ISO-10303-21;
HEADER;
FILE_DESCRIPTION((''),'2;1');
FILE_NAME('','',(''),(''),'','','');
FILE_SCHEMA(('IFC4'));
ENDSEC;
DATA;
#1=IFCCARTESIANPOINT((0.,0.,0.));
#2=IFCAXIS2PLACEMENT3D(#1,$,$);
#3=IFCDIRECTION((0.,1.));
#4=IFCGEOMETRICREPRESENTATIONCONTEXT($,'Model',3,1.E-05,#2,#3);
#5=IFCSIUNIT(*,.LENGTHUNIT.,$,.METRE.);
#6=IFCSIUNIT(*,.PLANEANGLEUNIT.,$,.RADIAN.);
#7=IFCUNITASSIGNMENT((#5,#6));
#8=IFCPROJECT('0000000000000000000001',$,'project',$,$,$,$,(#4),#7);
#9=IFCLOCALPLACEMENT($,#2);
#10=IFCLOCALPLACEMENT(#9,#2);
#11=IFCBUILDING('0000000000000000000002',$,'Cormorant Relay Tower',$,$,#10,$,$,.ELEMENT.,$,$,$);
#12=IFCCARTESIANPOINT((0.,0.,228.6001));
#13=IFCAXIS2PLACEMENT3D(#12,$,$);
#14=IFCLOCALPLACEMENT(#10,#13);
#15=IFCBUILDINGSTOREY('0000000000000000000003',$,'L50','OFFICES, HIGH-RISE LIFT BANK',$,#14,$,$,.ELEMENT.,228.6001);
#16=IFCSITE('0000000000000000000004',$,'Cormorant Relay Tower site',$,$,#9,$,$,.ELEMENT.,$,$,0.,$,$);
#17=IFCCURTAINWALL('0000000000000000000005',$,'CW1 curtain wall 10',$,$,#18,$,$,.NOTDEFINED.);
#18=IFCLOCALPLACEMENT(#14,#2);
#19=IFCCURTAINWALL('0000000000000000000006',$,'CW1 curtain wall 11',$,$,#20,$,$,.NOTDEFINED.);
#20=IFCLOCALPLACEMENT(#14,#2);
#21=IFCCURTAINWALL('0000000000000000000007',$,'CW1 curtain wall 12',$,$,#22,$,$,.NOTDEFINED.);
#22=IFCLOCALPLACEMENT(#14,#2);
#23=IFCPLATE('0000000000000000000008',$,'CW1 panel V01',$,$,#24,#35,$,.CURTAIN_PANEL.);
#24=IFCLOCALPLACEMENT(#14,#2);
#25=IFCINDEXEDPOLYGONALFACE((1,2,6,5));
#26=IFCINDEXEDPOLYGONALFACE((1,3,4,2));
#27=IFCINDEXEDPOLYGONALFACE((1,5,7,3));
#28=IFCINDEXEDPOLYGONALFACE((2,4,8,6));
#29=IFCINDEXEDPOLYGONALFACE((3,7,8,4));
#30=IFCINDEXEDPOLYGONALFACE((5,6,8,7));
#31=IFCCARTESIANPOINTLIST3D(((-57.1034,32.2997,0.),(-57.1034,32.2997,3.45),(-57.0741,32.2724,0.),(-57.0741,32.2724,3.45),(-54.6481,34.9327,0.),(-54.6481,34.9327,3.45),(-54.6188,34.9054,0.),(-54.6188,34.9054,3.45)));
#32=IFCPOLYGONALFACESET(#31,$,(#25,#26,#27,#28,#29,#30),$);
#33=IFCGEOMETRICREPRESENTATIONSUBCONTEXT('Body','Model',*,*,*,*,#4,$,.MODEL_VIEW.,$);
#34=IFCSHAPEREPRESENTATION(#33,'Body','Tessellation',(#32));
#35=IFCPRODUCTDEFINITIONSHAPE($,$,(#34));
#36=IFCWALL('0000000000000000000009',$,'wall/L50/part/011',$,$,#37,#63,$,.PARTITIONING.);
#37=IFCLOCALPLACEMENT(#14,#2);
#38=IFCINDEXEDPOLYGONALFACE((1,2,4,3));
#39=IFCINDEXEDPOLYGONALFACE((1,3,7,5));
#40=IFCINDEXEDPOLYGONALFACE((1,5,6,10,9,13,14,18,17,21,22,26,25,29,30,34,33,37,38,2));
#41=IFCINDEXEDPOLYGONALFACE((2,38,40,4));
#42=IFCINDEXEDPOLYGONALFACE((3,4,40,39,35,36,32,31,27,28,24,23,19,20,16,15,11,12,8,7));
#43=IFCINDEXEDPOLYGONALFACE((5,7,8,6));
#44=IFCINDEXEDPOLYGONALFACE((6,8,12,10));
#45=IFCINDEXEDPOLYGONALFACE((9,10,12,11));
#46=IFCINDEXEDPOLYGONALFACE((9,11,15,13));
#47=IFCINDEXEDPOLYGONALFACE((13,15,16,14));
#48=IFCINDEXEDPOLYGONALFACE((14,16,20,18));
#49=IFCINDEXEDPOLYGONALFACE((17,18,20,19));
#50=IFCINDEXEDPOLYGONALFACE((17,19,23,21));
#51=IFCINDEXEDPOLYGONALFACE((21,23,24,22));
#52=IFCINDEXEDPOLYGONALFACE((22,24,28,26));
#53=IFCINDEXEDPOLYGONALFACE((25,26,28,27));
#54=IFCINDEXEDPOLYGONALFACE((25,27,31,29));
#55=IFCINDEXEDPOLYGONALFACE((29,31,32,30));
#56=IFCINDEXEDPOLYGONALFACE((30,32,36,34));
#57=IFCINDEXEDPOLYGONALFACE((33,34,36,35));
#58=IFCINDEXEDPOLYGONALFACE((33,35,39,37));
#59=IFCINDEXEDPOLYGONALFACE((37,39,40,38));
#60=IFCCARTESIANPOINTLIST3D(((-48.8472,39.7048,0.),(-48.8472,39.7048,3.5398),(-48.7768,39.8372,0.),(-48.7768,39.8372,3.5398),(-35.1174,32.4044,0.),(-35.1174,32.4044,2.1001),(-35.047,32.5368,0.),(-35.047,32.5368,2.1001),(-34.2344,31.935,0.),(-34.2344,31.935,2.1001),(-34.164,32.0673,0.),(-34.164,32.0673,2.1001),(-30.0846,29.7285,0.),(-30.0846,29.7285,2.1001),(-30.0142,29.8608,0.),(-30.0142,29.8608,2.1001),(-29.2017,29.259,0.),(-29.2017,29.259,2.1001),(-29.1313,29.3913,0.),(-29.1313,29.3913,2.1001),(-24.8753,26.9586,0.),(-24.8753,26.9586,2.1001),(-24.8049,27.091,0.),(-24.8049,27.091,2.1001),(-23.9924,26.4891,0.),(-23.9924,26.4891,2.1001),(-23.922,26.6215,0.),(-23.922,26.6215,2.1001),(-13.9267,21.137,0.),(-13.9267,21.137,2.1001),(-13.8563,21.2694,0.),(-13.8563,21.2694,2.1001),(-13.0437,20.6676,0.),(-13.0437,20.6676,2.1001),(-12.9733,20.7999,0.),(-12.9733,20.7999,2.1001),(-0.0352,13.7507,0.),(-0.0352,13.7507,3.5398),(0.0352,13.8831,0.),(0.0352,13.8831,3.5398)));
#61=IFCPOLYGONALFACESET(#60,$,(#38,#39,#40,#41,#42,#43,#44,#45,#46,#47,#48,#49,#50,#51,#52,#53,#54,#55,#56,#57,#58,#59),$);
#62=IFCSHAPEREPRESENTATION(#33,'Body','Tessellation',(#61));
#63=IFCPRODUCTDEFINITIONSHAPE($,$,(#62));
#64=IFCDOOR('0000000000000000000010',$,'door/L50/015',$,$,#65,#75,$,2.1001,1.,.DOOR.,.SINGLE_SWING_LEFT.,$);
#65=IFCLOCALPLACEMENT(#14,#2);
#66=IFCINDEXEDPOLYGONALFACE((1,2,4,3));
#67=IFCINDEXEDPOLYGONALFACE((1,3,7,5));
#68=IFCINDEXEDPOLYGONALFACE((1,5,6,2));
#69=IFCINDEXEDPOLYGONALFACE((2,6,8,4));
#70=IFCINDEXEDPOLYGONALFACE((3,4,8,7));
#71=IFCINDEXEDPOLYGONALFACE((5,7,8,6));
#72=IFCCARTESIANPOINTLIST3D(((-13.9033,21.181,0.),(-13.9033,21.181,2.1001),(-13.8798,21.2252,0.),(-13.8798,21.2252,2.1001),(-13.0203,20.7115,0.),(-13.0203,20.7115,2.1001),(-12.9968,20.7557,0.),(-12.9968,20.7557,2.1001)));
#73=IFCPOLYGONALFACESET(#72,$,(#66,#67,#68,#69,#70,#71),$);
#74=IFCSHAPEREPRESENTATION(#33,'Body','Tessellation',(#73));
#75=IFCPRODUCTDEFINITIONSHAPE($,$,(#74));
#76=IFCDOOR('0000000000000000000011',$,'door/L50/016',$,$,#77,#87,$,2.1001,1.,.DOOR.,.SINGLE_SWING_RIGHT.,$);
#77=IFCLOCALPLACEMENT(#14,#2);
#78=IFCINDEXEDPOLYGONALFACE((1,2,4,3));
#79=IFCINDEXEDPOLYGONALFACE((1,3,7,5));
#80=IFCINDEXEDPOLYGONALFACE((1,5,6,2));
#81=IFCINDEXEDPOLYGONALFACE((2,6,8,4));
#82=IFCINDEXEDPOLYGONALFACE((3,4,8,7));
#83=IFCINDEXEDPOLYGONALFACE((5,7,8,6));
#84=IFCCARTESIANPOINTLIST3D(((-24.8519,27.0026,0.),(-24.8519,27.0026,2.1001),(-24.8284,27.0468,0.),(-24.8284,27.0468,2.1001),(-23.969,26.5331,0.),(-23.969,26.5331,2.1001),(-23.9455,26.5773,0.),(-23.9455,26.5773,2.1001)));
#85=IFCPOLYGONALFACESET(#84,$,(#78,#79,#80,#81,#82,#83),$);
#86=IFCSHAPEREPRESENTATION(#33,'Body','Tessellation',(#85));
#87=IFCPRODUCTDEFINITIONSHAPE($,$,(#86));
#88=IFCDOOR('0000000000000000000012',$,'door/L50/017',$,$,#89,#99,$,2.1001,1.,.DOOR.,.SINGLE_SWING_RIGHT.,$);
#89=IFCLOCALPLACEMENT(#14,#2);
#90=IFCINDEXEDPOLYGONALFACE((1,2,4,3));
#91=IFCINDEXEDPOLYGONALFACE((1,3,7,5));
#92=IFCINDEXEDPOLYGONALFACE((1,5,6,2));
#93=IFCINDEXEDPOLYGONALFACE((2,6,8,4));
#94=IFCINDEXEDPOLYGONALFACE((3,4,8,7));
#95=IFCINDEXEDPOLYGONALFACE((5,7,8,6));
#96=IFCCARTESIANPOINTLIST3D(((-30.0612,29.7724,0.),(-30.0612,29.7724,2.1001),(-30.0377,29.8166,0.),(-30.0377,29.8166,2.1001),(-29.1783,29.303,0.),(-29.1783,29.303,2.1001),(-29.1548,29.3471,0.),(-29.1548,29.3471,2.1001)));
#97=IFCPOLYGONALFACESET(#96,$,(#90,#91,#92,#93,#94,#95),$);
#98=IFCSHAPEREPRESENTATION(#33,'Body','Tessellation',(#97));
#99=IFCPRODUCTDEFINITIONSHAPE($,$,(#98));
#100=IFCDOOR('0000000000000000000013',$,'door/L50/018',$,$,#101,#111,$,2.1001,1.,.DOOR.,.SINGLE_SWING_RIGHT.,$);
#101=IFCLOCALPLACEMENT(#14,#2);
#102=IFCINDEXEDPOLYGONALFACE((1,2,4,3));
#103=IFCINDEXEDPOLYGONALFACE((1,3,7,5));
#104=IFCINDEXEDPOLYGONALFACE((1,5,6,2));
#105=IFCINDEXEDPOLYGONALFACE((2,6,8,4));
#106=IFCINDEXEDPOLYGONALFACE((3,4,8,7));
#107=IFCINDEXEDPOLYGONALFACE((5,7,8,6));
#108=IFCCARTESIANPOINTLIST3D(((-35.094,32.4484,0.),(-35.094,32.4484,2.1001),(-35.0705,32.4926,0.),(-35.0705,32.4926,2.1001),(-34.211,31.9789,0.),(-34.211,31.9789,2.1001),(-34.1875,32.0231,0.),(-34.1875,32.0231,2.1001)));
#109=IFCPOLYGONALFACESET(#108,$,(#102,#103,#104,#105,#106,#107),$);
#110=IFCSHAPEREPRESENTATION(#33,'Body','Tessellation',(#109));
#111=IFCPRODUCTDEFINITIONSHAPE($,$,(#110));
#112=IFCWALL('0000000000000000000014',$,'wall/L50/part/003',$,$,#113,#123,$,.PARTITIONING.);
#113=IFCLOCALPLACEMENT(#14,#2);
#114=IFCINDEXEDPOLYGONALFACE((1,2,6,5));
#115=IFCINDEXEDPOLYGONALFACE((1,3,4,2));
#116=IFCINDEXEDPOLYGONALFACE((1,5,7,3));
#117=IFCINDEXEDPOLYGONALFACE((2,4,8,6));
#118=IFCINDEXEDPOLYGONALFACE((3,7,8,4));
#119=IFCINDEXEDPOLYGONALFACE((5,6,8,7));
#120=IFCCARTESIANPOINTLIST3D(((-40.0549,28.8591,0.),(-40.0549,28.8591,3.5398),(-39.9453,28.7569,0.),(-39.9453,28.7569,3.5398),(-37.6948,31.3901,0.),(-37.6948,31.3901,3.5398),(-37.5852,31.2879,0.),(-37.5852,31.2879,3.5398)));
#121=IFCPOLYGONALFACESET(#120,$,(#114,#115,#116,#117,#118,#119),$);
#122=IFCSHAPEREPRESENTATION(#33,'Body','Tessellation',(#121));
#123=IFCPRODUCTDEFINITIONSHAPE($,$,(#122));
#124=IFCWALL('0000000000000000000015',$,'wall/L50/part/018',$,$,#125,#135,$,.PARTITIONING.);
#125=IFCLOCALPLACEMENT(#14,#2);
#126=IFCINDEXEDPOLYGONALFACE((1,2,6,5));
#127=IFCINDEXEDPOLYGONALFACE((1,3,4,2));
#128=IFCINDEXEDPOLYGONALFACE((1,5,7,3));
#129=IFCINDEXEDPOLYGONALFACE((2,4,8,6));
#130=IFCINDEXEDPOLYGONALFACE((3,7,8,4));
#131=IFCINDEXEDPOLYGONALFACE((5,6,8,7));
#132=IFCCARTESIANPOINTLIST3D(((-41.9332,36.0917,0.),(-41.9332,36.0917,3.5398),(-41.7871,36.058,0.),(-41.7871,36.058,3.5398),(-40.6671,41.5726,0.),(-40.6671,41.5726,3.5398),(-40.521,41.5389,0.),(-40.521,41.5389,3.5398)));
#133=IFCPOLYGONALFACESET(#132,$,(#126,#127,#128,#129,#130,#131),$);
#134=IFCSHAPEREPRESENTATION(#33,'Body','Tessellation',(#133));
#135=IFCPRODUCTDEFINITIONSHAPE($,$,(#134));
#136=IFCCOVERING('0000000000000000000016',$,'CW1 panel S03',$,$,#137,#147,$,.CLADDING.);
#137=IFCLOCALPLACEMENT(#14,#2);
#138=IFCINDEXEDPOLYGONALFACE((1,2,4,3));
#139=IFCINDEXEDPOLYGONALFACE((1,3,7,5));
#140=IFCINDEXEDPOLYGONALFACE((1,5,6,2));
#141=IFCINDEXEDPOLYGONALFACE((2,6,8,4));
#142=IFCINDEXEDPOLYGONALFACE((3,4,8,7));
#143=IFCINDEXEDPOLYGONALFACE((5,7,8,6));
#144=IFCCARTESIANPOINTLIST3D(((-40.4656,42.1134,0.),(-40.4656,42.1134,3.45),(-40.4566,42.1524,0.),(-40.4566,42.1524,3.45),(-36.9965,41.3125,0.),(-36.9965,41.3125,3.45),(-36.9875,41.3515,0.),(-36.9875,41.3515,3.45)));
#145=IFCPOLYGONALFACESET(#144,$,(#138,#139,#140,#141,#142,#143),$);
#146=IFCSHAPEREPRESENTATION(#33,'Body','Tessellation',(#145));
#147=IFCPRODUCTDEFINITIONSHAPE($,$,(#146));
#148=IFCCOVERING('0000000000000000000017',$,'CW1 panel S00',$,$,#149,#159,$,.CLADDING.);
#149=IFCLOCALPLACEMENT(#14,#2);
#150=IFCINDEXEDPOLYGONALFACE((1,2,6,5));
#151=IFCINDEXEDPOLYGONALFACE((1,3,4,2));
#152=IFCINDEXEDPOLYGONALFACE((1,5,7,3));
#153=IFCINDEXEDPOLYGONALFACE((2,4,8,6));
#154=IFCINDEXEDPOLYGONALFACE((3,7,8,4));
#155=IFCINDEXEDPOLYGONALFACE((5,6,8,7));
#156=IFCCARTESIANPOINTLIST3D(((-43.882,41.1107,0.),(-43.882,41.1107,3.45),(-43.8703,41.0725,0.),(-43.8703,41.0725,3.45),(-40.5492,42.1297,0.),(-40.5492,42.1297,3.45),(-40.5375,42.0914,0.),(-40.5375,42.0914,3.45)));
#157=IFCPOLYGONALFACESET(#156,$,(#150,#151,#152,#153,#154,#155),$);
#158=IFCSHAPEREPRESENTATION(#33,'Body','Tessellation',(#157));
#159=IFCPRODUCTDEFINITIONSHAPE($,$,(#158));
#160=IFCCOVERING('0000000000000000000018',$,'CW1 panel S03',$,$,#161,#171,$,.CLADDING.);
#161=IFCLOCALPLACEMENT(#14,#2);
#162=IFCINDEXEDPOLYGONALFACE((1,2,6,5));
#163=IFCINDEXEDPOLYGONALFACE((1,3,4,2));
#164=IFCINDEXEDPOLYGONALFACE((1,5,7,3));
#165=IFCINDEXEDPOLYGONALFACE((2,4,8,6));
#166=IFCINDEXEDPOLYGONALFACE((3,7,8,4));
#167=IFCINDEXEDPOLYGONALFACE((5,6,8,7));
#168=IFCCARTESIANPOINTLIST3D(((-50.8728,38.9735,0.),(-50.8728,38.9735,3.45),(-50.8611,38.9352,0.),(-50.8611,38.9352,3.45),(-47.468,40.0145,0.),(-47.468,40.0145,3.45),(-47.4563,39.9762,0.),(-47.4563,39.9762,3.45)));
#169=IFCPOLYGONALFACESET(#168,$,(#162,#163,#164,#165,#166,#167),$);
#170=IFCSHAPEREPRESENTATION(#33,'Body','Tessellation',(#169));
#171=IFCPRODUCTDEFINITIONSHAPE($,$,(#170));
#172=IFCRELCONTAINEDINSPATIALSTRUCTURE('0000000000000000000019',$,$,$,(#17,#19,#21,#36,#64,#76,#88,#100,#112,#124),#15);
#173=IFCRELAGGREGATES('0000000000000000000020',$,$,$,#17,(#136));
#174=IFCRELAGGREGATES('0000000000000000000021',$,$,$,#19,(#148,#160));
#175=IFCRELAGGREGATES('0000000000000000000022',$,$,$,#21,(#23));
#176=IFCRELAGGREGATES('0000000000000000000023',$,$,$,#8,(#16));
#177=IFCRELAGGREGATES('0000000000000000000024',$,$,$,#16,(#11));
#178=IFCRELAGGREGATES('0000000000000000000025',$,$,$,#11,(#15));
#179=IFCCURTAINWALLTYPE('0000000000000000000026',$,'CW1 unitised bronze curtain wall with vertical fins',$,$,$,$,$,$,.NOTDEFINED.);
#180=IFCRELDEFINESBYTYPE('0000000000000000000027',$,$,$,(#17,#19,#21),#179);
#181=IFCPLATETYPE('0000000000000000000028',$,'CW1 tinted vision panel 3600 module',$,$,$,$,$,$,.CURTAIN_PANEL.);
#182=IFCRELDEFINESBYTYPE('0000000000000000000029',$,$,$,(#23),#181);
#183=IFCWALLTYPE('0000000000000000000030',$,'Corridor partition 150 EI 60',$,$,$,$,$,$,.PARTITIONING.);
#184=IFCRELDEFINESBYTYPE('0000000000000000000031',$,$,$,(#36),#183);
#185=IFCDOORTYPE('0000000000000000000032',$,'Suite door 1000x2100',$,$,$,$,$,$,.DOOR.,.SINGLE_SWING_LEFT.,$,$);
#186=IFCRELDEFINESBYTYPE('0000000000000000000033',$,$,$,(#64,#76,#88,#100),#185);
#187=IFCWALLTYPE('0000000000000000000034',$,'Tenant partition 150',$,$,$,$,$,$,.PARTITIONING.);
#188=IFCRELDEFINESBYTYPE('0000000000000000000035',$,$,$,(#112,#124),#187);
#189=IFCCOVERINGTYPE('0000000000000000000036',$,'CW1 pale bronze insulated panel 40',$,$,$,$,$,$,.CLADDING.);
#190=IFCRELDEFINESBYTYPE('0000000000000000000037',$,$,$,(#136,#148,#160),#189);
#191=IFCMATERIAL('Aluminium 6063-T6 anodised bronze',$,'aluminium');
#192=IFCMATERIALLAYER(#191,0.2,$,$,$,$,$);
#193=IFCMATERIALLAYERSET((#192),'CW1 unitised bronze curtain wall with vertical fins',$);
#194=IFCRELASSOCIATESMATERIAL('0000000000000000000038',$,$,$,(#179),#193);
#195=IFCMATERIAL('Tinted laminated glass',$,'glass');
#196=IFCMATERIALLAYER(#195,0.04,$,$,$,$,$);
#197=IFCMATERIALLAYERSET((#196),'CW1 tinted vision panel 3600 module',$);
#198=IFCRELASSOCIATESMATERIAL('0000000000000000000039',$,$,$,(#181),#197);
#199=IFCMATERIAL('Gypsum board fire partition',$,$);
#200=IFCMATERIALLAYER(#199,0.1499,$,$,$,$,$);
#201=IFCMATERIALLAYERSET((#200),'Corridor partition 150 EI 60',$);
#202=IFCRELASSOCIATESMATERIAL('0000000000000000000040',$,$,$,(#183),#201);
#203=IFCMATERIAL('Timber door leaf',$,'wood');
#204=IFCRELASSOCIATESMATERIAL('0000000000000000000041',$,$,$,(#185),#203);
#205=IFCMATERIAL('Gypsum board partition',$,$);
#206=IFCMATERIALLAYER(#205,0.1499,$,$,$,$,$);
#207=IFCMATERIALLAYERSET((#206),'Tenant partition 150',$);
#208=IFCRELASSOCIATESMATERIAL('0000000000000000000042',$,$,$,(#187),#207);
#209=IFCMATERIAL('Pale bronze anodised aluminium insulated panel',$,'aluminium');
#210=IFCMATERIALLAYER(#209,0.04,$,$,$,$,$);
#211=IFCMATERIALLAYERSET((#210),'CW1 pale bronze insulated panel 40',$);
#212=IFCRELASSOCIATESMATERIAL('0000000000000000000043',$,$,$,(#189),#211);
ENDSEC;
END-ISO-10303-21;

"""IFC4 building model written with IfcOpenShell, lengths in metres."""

from ifc_helpers import new_model, si_unit, direction, frame, frame_2d, origin, origin_2d, place, context, subcontext, project, spatial, rectangle, extrude, material, layer, layer_set, type_object, element, fill, aggregate, save


model = new_model("IFC4")

# Units and contexts
model_context = context("Model", 3, precision=1e-05, world=origin(), true_north=direction((0.0, 1.0)))
body_context = subcontext(model_context, "Body", "Model", "MODEL_VIEW")
ifc_project = project(units=[si_unit("LENGTHUNIT", "METRE"), si_unit("PLANEANGLEUNIT", "RADIAN")], contexts=[model_context])

# Site, building, storey
site_placement = place(None, origin())
site = spatial("IfcSite", under=ifc_project, at=site_placement, Name="Cormorant Relay Tower site", CompositionType="ELEMENT", RefElevation=0.0)
building_placement = place(site_placement, origin())
building = spatial("IfcBuilding", under=site, at=building_placement, Name="Cormorant Relay Tower", CompositionType="ELEMENT")
storey_placement = place(building_placement, frame((0.0, 0.0, 228.6001)))
storey = spatial("IfcBuildingStorey", under=building, at=storey_placement, Name="L50", Description="OFFICES, HIGH-RISE LIFT BANK", CompositionType="ELEMENT", Elevation=228.6001)

# Curtain wall
ifc_material_1 = material(Name="Aluminium 6063-T6 anodised bronze", Category="aluminium")
ifc_layer_1 = layer(ifc_material_1, 0.2)
ifc_layer_set_1 = layer_set([ifc_layer_1], Name="CW1 unitised bronze curtain wall with vertical fins")
curtain_wall_type = type_object("IfcCurtainWallType", Name="CW1 unitised bronze curtain wall with vertical fins", PredefinedType="NOTDEFINED", material=ifc_layer_set_1)
curtain_wall_1_placement = place(storey_placement, origin())
curtain_wall_1 = element("IfcCurtainWall", 1, at=curtain_wall_1_placement, inside=storey, type_object=curtain_wall_type, Name="CW1 curtain wall 10", PredefinedType="NOTDEFINED")

# Curtain walls
curtain_wall_2_placement = place(storey_placement, origin())
curtain_wall_2 = element("IfcCurtainWall", 2, at=curtain_wall_2_placement, inside=storey, type_object=curtain_wall_type, Name="CW1 curtain wall 11", PredefinedType="NOTDEFINED")
curtain_wall_3_placement = place(storey_placement, origin())
curtain_wall_3 = element("IfcCurtainWall", 3, at=curtain_wall_3_placement, inside=storey, type_object=curtain_wall_type, Name="CW1 curtain wall 12", PredefinedType="NOTDEFINED")

# Plate
ifc_material_2 = material(Name="Tinted laminated glass", Category="glass")
ifc_layer_2 = layer(ifc_material_2, 0.04)
ifc_layer_set_2 = layer_set([ifc_layer_2], Name="CW1 tinted vision panel 3600 module")
plate_type_1 = type_object("IfcPlateType", Name="CW1 tinted vision panel 3600 module", PredefinedType="CURTAIN_PANEL", material=ifc_layer_set_2)
plate_1_placement = place(storey_placement, frame((-55.8611, 33.6025, 0.0), z_axis=(0.0, 0.0, 1.0), x_axis=(-0.681998, -0.731354, 0.0)))
plate_1 = element("IfcPlate", 4, at=plate_1_placement, type_object=plate_type_1, Name="CW1 panel V01", PredefinedType="CURTAIN_PANEL", context=body_context, shape_type="SweptSolid", body=[
    extrude(rectangle(XDim=3.6001, YDim=0.04, at=origin_2d()), origin(), (0.0, 0.0, 1.0), 3.45),
])

# Wall, openings, doors
ifc_material_3 = material(Name="Gypsum board fire partition")
ifc_layer_3 = layer(ifc_material_3, 0.1499)
ifc_layer_set_3 = layer_set([ifc_layer_3], Name="Corridor partition 150 EI 60")
wall_type_1 = type_object("IfcWallType", Name="Corridor partition 150 EI 60", PredefinedType="PARTITIONING", material=ifc_layer_set_3)
wall_1_placement = place(storey_placement, frame((-48.812, 39.771, 0.0), z_axis=(0.0, 0.0, 1.0), x_axis=(0.882945, -0.469476, 0.0)))
wall_1 = element("IfcWall", 5, at=wall_1_placement, inside=storey, type_object=wall_type_1, Name="wall/L50/part/011", PredefinedType="PARTITIONING", context=body_context, shape_type="SweptSolid", body=[
    extrude(rectangle(XDim=55.2832, YDim=0.1499, at=frame_2d((27.6416, 0.0))), origin(), (0.0, 0.0, 1.0), 3.5398),
])
opening_1_placement = place(wall_1_placement, frame((39.55, 0.0, 0.0)))
opening_1 = element("IfcOpeningElement", 6, at=opening_1_placement, cuts=wall_1, PredefinedType="OPENING", context=body_context, shape_type="SweptSolid", body=[
    extrude(rectangle(XDim=1.0, YDim=2.1001, at=frame_2d((0.5, 1.05))), frame((0.0, 0.085, 0.0), z_axis=(0.0, -1.0, 0.0), x_axis=(1.0, 0.0, 0.0)), (0.0, 0.0, 1.0), 0.1699),
])
opening_2_placement = place(wall_1_placement, frame((27.1499, 0.0, 0.0)))
opening_2 = element("IfcOpeningElement", 7, at=opening_2_placement, cuts=wall_1, PredefinedType="OPENING", context=body_context, shape_type="SweptSolid", body=[
    extrude(rectangle(XDim=1.0, YDim=2.1001, at=frame_2d((0.5, 1.05))), frame((0.0, 0.085, 0.0), z_axis=(0.0, -1.0, 0.0), x_axis=(1.0, 0.0, 0.0)), (0.0, 0.0, 1.0), 0.1699),
])
opening_3_placement = place(wall_1_placement, frame((21.25, 0.0, 0.0)))
opening_3 = element("IfcOpeningElement", 8, at=opening_3_placement, cuts=wall_1, PredefinedType="OPENING", context=body_context, shape_type="SweptSolid", body=[
    extrude(rectangle(XDim=1.0, YDim=2.1001, at=frame_2d((0.5, 1.05))), frame((0.0, 0.085, 0.0), z_axis=(0.0, -1.0, 0.0), x_axis=(1.0, 0.0, 0.0)), (0.0, 0.0, 1.0), 0.1699),
])
opening_4_placement = place(wall_1_placement, frame((15.55, 0.0, 0.0)))
opening_4 = element("IfcOpeningElement", 9, at=opening_4_placement, cuts=wall_1, PredefinedType="OPENING", context=body_context, shape_type="SweptSolid", body=[
    extrude(rectangle(XDim=1.0, YDim=2.1001, at=frame_2d((0.5, 1.05))), frame((0.0, 0.085, 0.0), z_axis=(0.0, -1.0, 0.0), x_axis=(1.0, 0.0, 0.0)), (0.0, 0.0, 1.0), 0.1699),
])
ifc_material_4 = material(Name="Timber door leaf", Category="wood")
door_type = type_object("IfcDoorType", Name="Suite door 1000x2100", OperationType="SINGLE_SWING_LEFT", PredefinedType="DOOR", material=ifc_material_4)
door_1_placement = place(opening_1_placement, origin())
door_1 = element("IfcDoor", 10, at=door_1_placement, inside=storey, type_object=door_type, Name="door/L50/015", OperationType="SINGLE_SWING_LEFT", OverallHeight=2.1001, OverallWidth=1.0, PredefinedType="DOOR", context=body_context, shape_type="SweptSolid", body=[
    extrude(rectangle(XDim=1.0, YDim=2.1001, at=frame_2d((0.5, 1.05))), frame((0.0, 0.0249, 0.0), z_axis=(0.0, -1.0, 0.0), x_axis=(1.0, 0.0, 0.0)), (0.0, 0.0, 1.0), 0.05),
])
fill(opening_1, door_1)
door_2_placement = place(opening_2_placement, origin())
door_2 = element("IfcDoor", 11, at=door_2_placement, inside=storey, type_object=door_type, Name="door/L50/016", OperationType="SINGLE_SWING_RIGHT", OverallHeight=2.1001, OverallWidth=1.0, PredefinedType="DOOR", context=body_context, shape_type="SweptSolid", body=[
    extrude(rectangle(XDim=1.0, YDim=2.1001, at=frame_2d((0.5, 1.05))), frame((0.0, 0.0249, 0.0), z_axis=(0.0, -1.0, 0.0), x_axis=(1.0, 0.0, 0.0)), (0.0, 0.0, 1.0), 0.05),
])
fill(opening_2, door_2)
door_3_placement = place(opening_3_placement, origin())
door_3 = element("IfcDoor", 12, at=door_3_placement, inside=storey, type_object=door_type, Name="door/L50/017", OperationType="SINGLE_SWING_RIGHT", OverallHeight=2.1001, OverallWidth=1.0, PredefinedType="DOOR", context=body_context, shape_type="SweptSolid", body=[
    extrude(rectangle(XDim=1.0, YDim=2.1001, at=frame_2d((0.5, 1.05))), frame((0.0, 0.0249, 0.0), z_axis=(0.0, -1.0, 0.0), x_axis=(1.0, 0.0, 0.0)), (0.0, 0.0, 1.0), 0.05),
])
fill(opening_3, door_3)
door_4_placement = place(opening_4_placement, origin())
door_4 = element("IfcDoor", 13, at=door_4_placement, inside=storey, type_object=door_type, Name="door/L50/018", OperationType="SINGLE_SWING_RIGHT", OverallHeight=2.1001, OverallWidth=1.0, PredefinedType="DOOR", context=body_context, shape_type="SweptSolid", body=[
    extrude(rectangle(XDim=1.0, YDim=2.1001, at=frame_2d((0.5, 1.05))), frame((0.0, 0.0249, 0.0), z_axis=(0.0, -1.0, 0.0), x_axis=(1.0, 0.0, 0.0)), (0.0, 0.0, 1.0), 0.05),
])
fill(opening_4, door_4)

# Walls
ifc_material_5 = material(Name="Gypsum board partition")
ifc_layer_4 = layer(ifc_material_5, 0.1499)
ifc_layer_set_4 = layer_set([ifc_layer_4], Name="Tenant partition 150")
wall_type_2 = type_object("IfcWallType", Name="Tenant partition 150", PredefinedType="PARTITIONING", material=ifc_layer_set_4)
wall_2_placement = place(storey_placement, frame((-37.6399, 31.3391, 0.0), z_axis=(0.0, 0.0, 1.0), x_axis=(-0.681984, -0.731367, 0.0)))
element("IfcWall", 14, at=wall_2_placement, inside=storey, type_object=wall_type_2, Name="wall/L50/part/003", PredefinedType="PARTITIONING", context=body_context, shape_type="SweptSolid", body=[
    extrude(rectangle(XDim=3.4607, YDim=0.1499, at=frame_2d((1.7305, 0.0))), origin(), (0.0, 0.0, 1.0), 3.5398),
])
wall_3_placement = place(storey_placement, frame((-41.8601, 36.075, 0.0), z_axis=(0.0, 0.0, 1.0), x_axis=(0.225075, 0.974341, 0.0)))
element("IfcWall", 15, at=wall_3_placement, inside=storey, type_object=wall_type_2, Name="wall/L50/part/018", PredefinedType="PARTITIONING", context=body_context, shape_type="SweptSolid", body=[
    extrude(rectangle(XDim=5.6252, YDim=0.1499, at=frame_2d((2.8125, 0.0))), origin(), (0.0, 0.0, 1.0), 3.5398),
])

# Coverings
ifc_material_6 = material(Name="Pale bronze anodised aluminium insulated panel", Category="aluminium")
ifc_layer_5 = layer(ifc_material_6, 0.04)
ifc_layer_set_5 = layer_set([ifc_layer_5], Name="CW1 pale bronze insulated panel 40")
covering_type = type_object("IfcCoveringType", Name="CW1 pale bronze insulated panel 40", PredefinedType="CLADDING", material=ifc_layer_set_5)
covering_1_placement = place(storey_placement, frame((-38.7266, 41.7324, 0.0), z_axis=(0.0, 0.0, 1.0), x_axis=(-0.97437, 0.224951, 0.0)))
covering_1 = element("IfcCovering", 16, at=covering_1_placement, type_object=covering_type, Name="CW1 panel S03", PredefinedType="CLADDING", context=body_context, shape_type="SweptSolid", body=[
    extrude(rectangle(XDim=3.5603, YDim=0.04, at=origin_2d()), origin(), (0.0, 0.0, 1.0), 3.45),
])
aggregate(curtain_wall_1, [covering_1])
covering_2_placement = place(storey_placement, frame((-42.2097, 41.6011, 0.0), z_axis=(0.0, 0.0, 1.0), x_axis=(-0.956305, -0.292372, 0.0)))
covering_2 = element("IfcCovering", 17, at=covering_2_placement, type_object=covering_type, Name="CW1 panel S00", PredefinedType="CLADDING", context=body_context, shape_type="SweptSolid", body=[
    extrude(rectangle(XDim=3.4851, YDim=0.04, at=origin_2d()), origin(), (0.0, 0.0, 1.0), 3.45),
])
covering_3_placement = place(storey_placement, frame((-49.1646, 39.4749, 0.0), z_axis=(0.0, 0.0, 1.0), x_axis=(-0.956305, -0.292372, 0.0)))
covering_3 = element("IfcCovering", 18, at=covering_3_placement, type_object=covering_type, Name="CW1 panel S03", PredefinedType="CLADDING", context=body_context, shape_type="SweptSolid", body=[
    extrude(rectangle(XDim=3.5603, YDim=0.04, at=origin_2d()), origin(), (0.0, 0.0, 1.0), 3.45),
])
aggregate(curtain_wall_2, [covering_2, covering_3])
aggregate(curtain_wall_3, [plate_1])

save(model, "model.ifc")
